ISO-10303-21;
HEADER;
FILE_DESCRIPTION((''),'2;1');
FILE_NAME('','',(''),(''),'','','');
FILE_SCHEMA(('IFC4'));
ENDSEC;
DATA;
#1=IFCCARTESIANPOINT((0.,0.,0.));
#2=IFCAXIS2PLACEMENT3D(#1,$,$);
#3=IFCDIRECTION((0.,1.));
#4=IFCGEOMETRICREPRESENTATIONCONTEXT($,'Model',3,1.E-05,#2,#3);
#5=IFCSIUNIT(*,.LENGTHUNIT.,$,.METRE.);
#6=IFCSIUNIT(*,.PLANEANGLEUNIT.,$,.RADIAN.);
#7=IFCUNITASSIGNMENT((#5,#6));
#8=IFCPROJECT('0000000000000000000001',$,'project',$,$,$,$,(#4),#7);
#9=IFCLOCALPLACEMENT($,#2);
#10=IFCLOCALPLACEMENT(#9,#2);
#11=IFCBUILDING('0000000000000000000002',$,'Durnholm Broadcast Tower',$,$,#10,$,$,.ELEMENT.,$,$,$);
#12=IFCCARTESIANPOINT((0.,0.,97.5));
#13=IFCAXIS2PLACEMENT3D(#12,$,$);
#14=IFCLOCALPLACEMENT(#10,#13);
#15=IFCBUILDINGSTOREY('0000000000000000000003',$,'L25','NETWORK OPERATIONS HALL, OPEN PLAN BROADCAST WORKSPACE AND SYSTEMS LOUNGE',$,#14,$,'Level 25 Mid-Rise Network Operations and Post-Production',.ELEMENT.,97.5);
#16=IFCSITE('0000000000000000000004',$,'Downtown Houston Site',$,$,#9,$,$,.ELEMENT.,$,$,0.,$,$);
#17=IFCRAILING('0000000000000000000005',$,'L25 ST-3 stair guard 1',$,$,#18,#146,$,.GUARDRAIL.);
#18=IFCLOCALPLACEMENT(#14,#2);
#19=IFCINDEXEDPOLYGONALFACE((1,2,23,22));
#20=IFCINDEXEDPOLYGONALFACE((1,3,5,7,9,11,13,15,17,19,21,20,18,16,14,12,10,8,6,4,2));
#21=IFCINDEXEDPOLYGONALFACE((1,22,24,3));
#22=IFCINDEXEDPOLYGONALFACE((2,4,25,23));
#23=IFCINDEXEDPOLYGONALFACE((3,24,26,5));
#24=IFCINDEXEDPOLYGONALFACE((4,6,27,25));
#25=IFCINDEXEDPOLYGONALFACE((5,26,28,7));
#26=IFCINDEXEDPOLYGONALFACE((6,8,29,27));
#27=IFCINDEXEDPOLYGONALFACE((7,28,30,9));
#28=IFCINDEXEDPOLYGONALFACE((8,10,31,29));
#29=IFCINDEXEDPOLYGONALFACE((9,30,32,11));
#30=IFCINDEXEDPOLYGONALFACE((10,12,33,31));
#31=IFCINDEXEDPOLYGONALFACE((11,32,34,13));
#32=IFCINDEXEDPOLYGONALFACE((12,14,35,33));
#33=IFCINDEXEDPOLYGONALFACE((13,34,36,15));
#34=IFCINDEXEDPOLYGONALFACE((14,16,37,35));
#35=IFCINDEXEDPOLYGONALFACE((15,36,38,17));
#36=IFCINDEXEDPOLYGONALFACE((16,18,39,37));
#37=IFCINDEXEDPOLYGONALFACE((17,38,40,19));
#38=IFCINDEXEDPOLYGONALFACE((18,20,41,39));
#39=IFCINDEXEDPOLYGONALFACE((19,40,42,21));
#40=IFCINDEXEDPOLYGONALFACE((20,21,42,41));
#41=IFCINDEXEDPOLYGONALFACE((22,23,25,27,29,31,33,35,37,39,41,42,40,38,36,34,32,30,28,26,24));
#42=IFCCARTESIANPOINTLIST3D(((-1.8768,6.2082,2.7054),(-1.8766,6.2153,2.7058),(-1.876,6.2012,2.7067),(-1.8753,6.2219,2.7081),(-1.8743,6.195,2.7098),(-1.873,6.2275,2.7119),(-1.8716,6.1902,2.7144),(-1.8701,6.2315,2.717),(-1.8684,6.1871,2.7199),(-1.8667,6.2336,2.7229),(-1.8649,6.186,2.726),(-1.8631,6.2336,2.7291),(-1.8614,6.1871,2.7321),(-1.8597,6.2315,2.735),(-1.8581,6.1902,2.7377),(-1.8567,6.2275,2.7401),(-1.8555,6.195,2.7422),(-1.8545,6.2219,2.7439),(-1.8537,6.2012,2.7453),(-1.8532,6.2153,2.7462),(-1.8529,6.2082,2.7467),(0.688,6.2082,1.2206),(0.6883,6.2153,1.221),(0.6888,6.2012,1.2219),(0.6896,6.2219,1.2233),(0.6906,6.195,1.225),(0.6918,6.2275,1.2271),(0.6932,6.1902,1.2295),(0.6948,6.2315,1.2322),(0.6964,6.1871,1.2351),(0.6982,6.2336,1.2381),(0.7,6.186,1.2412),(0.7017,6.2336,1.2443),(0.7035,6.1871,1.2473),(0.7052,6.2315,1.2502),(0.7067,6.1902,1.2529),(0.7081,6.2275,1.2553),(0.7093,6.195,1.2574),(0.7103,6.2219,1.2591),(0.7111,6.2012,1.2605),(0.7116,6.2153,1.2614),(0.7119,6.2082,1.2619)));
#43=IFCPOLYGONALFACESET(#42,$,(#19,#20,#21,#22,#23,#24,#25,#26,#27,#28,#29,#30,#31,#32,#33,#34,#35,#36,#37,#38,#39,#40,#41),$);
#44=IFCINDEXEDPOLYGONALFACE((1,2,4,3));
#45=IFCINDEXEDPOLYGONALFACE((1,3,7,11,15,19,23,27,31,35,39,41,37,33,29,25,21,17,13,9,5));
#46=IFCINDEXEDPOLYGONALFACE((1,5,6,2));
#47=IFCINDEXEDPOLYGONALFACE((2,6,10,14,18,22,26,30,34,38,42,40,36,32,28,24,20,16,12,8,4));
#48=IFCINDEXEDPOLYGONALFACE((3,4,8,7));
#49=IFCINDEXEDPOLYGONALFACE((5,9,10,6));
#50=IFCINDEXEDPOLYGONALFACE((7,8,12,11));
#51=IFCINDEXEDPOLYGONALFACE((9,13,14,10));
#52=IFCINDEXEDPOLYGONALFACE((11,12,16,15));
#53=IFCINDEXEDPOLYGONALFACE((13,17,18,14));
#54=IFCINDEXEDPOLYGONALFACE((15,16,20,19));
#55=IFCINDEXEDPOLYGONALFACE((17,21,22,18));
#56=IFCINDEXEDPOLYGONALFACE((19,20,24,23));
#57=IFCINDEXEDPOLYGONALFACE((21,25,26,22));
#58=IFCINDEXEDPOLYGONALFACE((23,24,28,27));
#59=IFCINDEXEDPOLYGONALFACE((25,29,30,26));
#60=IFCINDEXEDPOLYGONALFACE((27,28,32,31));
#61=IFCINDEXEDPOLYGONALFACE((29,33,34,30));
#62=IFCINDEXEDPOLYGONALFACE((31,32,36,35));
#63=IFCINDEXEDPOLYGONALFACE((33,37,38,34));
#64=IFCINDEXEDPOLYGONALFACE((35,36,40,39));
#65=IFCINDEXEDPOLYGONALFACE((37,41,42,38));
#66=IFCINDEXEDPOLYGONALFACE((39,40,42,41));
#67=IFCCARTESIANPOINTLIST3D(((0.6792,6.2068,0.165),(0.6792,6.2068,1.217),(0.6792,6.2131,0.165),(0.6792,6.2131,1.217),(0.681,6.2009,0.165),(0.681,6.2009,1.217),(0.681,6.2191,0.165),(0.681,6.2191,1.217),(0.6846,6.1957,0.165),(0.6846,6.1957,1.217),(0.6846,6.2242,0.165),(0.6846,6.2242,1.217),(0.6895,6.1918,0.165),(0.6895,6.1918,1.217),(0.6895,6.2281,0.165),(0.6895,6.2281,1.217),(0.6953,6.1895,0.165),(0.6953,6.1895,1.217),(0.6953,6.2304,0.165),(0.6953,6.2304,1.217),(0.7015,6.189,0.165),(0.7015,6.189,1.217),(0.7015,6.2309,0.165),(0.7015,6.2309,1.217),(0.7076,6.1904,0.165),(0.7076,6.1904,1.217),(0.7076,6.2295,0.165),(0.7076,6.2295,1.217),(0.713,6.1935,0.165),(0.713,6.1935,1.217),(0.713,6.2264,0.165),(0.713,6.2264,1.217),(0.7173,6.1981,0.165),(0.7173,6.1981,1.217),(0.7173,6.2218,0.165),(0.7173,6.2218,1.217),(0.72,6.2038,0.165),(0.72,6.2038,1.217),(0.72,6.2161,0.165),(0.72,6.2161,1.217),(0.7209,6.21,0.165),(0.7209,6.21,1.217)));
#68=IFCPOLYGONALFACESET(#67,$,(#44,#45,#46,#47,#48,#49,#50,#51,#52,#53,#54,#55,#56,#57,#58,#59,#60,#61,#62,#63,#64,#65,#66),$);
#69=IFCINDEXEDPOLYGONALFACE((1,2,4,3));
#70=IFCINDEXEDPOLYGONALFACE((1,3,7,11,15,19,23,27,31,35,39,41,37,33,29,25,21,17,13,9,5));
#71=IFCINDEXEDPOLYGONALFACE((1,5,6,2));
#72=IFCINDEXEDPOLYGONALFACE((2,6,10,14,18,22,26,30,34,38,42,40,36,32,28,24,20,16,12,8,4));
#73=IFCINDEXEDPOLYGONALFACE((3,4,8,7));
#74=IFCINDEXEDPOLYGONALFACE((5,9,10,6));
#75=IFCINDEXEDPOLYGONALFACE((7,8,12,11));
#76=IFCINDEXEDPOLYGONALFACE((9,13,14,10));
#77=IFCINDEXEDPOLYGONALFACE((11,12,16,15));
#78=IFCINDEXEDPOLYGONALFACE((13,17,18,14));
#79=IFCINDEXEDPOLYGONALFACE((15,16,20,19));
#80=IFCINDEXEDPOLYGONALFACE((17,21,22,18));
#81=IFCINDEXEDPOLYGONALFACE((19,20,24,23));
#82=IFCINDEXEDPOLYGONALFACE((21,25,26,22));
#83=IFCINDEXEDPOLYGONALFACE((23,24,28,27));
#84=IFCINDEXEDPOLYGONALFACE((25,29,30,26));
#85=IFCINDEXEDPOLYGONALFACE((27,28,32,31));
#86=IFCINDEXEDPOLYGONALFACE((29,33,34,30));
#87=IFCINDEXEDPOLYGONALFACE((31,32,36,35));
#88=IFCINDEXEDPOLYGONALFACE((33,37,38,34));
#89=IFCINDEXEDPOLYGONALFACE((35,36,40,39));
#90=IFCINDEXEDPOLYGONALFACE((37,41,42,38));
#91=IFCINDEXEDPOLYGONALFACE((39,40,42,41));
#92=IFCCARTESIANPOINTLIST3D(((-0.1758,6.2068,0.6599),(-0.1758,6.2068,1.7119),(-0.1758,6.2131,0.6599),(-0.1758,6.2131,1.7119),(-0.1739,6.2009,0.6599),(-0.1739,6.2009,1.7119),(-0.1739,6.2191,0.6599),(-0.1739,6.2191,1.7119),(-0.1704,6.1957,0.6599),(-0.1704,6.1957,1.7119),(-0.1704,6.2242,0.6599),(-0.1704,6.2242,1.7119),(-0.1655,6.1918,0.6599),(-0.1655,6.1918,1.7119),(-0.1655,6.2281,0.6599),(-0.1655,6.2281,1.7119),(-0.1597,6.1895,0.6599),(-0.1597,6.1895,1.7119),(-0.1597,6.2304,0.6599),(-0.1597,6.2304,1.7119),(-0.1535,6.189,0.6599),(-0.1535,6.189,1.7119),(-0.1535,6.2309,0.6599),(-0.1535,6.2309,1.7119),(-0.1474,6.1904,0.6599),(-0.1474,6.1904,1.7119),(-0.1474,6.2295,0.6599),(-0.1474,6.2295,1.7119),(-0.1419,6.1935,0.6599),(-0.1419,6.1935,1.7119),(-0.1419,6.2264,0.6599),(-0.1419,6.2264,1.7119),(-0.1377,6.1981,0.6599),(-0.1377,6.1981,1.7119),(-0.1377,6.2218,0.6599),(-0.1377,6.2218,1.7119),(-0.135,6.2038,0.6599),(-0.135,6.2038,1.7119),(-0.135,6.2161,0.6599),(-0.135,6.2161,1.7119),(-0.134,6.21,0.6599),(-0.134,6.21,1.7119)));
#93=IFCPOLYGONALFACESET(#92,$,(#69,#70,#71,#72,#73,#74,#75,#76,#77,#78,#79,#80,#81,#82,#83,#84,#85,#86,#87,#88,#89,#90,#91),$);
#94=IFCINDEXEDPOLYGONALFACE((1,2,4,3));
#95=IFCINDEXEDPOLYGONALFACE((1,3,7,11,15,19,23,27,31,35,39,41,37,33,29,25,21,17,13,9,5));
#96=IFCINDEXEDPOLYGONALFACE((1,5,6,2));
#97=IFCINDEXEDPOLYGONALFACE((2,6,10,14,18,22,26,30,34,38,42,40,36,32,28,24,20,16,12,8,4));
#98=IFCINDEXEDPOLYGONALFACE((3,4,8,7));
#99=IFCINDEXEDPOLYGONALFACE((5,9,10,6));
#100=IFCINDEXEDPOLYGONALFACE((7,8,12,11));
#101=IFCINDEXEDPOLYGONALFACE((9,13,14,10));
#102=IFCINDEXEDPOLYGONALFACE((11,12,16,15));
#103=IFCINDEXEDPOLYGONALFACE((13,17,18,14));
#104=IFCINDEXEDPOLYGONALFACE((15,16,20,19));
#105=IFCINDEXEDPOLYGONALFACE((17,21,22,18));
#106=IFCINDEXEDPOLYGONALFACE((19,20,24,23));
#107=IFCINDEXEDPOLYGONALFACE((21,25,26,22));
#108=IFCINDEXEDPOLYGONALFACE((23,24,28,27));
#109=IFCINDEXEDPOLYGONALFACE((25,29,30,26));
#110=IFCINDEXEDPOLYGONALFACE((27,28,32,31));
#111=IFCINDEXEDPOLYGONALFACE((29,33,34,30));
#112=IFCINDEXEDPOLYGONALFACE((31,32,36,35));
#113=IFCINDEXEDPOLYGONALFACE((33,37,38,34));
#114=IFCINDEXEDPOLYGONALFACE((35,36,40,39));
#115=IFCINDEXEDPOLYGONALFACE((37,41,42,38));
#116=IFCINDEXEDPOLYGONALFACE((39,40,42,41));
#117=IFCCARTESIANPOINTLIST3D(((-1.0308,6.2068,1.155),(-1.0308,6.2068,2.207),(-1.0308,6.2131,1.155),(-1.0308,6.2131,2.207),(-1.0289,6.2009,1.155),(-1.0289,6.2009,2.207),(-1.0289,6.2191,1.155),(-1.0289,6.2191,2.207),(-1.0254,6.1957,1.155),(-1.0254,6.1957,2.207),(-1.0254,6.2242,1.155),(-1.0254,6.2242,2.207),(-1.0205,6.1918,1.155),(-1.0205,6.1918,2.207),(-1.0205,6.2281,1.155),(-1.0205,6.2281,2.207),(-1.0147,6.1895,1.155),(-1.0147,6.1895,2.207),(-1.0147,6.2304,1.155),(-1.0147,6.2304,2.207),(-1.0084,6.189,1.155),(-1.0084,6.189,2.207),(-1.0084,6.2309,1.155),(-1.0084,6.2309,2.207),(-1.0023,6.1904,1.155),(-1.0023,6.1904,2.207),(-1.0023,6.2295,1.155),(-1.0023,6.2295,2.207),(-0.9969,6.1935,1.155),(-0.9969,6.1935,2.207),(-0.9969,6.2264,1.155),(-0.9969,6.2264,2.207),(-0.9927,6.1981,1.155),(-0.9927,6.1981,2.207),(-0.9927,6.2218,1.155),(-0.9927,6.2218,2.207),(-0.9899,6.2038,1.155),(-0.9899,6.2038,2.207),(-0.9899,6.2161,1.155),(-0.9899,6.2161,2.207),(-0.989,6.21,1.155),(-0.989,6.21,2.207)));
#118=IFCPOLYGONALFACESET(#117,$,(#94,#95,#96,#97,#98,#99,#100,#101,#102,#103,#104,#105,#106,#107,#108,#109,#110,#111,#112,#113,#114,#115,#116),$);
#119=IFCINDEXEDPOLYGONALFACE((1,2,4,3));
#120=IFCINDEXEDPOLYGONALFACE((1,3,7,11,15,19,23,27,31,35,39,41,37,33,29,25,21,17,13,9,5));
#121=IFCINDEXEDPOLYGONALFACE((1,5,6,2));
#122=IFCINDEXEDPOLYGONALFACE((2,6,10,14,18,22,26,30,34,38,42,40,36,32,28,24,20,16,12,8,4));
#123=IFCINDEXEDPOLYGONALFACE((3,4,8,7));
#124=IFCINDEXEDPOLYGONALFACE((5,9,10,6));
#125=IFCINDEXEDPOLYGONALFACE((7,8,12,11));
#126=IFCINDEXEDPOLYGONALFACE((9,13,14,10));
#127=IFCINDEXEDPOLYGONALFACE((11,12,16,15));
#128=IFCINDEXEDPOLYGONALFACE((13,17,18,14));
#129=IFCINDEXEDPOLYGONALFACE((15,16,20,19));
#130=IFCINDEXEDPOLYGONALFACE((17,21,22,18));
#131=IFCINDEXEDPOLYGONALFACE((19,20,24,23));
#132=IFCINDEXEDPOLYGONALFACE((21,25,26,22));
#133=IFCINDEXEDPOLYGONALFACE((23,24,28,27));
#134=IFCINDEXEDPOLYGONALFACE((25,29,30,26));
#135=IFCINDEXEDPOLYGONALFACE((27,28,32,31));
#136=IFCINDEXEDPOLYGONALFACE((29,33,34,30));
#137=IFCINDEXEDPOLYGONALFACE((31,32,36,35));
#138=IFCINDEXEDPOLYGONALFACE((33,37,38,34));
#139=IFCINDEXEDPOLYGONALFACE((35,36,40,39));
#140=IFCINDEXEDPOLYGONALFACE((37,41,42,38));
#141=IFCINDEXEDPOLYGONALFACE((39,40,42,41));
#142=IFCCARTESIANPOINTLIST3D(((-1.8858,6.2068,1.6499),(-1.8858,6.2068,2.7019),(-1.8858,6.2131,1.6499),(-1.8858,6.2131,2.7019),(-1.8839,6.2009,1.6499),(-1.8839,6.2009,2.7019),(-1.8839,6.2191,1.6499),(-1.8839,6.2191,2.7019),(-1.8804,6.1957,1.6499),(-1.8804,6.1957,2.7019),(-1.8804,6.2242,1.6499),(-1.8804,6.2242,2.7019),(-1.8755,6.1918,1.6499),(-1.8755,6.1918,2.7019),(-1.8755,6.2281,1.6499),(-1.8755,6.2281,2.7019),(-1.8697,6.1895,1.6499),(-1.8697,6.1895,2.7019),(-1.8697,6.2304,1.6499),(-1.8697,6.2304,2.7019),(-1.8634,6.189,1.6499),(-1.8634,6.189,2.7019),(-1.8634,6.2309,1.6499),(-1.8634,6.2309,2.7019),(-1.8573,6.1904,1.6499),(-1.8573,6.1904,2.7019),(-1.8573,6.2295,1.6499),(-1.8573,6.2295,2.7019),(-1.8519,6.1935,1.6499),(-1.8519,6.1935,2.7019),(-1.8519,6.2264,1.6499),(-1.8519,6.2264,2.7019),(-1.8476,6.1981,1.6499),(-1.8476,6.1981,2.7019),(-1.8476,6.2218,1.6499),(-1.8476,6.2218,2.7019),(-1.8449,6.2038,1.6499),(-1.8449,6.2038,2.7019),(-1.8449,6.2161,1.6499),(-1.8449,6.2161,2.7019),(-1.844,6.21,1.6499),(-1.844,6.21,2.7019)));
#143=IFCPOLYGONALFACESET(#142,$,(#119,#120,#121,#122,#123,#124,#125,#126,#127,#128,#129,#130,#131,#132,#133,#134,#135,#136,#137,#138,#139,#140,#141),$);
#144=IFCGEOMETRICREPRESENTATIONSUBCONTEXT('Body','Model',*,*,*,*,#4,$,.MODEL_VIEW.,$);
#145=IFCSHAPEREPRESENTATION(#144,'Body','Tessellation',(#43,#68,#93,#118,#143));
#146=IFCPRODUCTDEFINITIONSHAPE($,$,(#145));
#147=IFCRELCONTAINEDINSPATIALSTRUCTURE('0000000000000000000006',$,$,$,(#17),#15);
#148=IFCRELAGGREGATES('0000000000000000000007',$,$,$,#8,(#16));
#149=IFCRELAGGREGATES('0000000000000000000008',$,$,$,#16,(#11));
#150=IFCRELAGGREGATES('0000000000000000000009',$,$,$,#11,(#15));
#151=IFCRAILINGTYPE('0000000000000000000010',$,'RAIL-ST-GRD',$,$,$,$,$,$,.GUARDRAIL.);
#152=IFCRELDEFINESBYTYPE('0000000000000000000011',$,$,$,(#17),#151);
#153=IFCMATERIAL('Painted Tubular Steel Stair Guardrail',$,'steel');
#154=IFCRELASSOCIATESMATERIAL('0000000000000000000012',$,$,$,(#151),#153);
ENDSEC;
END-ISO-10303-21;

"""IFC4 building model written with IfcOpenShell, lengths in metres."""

from ifc_helpers import new_model, si_unit, direction, frame, origin, origin_2d, place, context, subcontext, project, spatial, circle, extrude, material, type_object, element, save


model = new_model("IFC4")

# Units and contexts
model_context = context("Model", 3, precision=1e-05, world=origin(), true_north=direction((0.0, 1.0)))
body_context = subcontext(model_context, "Body", "Model", "MODEL_VIEW")
ifc_project = project(units=[si_unit("LENGTHUNIT", "METRE"), si_unit("PLANEANGLEUNIT", "RADIAN")], contexts=[model_context])

# Site, building, storey
site_placement = place(None, origin())
site = spatial("IfcSite", under=ifc_project, at=site_placement, Name="Downtown Houston Site", CompositionType="ELEMENT", RefElevation=0.0)
building_placement = place(site_placement, origin())
building = spatial("IfcBuilding", under=site, at=building_placement, Name="Durnholm Broadcast Tower", CompositionType="ELEMENT")
storey_placement = place(building_placement, frame((0.0, 0.0, 97.5)))
storey = spatial("IfcBuildingStorey", under=building, at=storey_placement, Name="L25", Description="NETWORK OPERATIONS HALL, OPEN PLAN BROADCAST WORKSPACE AND SYSTEMS LOUNGE", LongName="Level 25 Mid-Rise Network Operations and Post-Production", CompositionType="ELEMENT", Elevation=97.5)

# Railing
ifc_material_1 = material(Name="Painted Tubular Steel Stair Guardrail", Category="steel")
railing_type_1 = type_object("IfcRailingType", Name="RAIL-ST-GRD", PredefinedType="GUARDRAIL", material=ifc_material_1)
railing_1_placement = place(storey_placement, frame((0.7, 6.21, 0.165)))
element("IfcRailing", 1, at=railing_1_placement, inside=storey, type_object=railing_type_1, Name="L25 ST-3 stair guard 1", PredefinedType="GUARDRAIL", context=body_context, shape_type="SweptSolid", body=[
    extrude(circle(Radius=0.0239, at=origin_2d()), frame((0.0, 0.0, 1.0762), z_axis=(-0.865441, 0.0, 0.50101), x_axis=(0.0, -1.0, 0.0)), (0.0, 0.0, 1.0), 2.9636),
    extrude(circle(Radius=0.021, at=origin_2d()), origin(), (0.0, 0.0, 1.0), 1.052),
    extrude(circle(Radius=0.021, at=origin_2d()), frame((-0.855, 0.0, 0.4949)), (0.0, 0.0, 1.0), 1.052),
    extrude(circle(Radius=0.021, at=origin_2d()), frame((-1.71, 0.0, 0.99)), (0.0, 0.0, 1.0), 1.052),
    extrude(circle(Radius=0.021, at=origin_2d()), frame((-2.5649, 0.0, 1.4849)), (0.0, 0.0, 1.0), 1.052),
])

save(model, "model.ifc")
